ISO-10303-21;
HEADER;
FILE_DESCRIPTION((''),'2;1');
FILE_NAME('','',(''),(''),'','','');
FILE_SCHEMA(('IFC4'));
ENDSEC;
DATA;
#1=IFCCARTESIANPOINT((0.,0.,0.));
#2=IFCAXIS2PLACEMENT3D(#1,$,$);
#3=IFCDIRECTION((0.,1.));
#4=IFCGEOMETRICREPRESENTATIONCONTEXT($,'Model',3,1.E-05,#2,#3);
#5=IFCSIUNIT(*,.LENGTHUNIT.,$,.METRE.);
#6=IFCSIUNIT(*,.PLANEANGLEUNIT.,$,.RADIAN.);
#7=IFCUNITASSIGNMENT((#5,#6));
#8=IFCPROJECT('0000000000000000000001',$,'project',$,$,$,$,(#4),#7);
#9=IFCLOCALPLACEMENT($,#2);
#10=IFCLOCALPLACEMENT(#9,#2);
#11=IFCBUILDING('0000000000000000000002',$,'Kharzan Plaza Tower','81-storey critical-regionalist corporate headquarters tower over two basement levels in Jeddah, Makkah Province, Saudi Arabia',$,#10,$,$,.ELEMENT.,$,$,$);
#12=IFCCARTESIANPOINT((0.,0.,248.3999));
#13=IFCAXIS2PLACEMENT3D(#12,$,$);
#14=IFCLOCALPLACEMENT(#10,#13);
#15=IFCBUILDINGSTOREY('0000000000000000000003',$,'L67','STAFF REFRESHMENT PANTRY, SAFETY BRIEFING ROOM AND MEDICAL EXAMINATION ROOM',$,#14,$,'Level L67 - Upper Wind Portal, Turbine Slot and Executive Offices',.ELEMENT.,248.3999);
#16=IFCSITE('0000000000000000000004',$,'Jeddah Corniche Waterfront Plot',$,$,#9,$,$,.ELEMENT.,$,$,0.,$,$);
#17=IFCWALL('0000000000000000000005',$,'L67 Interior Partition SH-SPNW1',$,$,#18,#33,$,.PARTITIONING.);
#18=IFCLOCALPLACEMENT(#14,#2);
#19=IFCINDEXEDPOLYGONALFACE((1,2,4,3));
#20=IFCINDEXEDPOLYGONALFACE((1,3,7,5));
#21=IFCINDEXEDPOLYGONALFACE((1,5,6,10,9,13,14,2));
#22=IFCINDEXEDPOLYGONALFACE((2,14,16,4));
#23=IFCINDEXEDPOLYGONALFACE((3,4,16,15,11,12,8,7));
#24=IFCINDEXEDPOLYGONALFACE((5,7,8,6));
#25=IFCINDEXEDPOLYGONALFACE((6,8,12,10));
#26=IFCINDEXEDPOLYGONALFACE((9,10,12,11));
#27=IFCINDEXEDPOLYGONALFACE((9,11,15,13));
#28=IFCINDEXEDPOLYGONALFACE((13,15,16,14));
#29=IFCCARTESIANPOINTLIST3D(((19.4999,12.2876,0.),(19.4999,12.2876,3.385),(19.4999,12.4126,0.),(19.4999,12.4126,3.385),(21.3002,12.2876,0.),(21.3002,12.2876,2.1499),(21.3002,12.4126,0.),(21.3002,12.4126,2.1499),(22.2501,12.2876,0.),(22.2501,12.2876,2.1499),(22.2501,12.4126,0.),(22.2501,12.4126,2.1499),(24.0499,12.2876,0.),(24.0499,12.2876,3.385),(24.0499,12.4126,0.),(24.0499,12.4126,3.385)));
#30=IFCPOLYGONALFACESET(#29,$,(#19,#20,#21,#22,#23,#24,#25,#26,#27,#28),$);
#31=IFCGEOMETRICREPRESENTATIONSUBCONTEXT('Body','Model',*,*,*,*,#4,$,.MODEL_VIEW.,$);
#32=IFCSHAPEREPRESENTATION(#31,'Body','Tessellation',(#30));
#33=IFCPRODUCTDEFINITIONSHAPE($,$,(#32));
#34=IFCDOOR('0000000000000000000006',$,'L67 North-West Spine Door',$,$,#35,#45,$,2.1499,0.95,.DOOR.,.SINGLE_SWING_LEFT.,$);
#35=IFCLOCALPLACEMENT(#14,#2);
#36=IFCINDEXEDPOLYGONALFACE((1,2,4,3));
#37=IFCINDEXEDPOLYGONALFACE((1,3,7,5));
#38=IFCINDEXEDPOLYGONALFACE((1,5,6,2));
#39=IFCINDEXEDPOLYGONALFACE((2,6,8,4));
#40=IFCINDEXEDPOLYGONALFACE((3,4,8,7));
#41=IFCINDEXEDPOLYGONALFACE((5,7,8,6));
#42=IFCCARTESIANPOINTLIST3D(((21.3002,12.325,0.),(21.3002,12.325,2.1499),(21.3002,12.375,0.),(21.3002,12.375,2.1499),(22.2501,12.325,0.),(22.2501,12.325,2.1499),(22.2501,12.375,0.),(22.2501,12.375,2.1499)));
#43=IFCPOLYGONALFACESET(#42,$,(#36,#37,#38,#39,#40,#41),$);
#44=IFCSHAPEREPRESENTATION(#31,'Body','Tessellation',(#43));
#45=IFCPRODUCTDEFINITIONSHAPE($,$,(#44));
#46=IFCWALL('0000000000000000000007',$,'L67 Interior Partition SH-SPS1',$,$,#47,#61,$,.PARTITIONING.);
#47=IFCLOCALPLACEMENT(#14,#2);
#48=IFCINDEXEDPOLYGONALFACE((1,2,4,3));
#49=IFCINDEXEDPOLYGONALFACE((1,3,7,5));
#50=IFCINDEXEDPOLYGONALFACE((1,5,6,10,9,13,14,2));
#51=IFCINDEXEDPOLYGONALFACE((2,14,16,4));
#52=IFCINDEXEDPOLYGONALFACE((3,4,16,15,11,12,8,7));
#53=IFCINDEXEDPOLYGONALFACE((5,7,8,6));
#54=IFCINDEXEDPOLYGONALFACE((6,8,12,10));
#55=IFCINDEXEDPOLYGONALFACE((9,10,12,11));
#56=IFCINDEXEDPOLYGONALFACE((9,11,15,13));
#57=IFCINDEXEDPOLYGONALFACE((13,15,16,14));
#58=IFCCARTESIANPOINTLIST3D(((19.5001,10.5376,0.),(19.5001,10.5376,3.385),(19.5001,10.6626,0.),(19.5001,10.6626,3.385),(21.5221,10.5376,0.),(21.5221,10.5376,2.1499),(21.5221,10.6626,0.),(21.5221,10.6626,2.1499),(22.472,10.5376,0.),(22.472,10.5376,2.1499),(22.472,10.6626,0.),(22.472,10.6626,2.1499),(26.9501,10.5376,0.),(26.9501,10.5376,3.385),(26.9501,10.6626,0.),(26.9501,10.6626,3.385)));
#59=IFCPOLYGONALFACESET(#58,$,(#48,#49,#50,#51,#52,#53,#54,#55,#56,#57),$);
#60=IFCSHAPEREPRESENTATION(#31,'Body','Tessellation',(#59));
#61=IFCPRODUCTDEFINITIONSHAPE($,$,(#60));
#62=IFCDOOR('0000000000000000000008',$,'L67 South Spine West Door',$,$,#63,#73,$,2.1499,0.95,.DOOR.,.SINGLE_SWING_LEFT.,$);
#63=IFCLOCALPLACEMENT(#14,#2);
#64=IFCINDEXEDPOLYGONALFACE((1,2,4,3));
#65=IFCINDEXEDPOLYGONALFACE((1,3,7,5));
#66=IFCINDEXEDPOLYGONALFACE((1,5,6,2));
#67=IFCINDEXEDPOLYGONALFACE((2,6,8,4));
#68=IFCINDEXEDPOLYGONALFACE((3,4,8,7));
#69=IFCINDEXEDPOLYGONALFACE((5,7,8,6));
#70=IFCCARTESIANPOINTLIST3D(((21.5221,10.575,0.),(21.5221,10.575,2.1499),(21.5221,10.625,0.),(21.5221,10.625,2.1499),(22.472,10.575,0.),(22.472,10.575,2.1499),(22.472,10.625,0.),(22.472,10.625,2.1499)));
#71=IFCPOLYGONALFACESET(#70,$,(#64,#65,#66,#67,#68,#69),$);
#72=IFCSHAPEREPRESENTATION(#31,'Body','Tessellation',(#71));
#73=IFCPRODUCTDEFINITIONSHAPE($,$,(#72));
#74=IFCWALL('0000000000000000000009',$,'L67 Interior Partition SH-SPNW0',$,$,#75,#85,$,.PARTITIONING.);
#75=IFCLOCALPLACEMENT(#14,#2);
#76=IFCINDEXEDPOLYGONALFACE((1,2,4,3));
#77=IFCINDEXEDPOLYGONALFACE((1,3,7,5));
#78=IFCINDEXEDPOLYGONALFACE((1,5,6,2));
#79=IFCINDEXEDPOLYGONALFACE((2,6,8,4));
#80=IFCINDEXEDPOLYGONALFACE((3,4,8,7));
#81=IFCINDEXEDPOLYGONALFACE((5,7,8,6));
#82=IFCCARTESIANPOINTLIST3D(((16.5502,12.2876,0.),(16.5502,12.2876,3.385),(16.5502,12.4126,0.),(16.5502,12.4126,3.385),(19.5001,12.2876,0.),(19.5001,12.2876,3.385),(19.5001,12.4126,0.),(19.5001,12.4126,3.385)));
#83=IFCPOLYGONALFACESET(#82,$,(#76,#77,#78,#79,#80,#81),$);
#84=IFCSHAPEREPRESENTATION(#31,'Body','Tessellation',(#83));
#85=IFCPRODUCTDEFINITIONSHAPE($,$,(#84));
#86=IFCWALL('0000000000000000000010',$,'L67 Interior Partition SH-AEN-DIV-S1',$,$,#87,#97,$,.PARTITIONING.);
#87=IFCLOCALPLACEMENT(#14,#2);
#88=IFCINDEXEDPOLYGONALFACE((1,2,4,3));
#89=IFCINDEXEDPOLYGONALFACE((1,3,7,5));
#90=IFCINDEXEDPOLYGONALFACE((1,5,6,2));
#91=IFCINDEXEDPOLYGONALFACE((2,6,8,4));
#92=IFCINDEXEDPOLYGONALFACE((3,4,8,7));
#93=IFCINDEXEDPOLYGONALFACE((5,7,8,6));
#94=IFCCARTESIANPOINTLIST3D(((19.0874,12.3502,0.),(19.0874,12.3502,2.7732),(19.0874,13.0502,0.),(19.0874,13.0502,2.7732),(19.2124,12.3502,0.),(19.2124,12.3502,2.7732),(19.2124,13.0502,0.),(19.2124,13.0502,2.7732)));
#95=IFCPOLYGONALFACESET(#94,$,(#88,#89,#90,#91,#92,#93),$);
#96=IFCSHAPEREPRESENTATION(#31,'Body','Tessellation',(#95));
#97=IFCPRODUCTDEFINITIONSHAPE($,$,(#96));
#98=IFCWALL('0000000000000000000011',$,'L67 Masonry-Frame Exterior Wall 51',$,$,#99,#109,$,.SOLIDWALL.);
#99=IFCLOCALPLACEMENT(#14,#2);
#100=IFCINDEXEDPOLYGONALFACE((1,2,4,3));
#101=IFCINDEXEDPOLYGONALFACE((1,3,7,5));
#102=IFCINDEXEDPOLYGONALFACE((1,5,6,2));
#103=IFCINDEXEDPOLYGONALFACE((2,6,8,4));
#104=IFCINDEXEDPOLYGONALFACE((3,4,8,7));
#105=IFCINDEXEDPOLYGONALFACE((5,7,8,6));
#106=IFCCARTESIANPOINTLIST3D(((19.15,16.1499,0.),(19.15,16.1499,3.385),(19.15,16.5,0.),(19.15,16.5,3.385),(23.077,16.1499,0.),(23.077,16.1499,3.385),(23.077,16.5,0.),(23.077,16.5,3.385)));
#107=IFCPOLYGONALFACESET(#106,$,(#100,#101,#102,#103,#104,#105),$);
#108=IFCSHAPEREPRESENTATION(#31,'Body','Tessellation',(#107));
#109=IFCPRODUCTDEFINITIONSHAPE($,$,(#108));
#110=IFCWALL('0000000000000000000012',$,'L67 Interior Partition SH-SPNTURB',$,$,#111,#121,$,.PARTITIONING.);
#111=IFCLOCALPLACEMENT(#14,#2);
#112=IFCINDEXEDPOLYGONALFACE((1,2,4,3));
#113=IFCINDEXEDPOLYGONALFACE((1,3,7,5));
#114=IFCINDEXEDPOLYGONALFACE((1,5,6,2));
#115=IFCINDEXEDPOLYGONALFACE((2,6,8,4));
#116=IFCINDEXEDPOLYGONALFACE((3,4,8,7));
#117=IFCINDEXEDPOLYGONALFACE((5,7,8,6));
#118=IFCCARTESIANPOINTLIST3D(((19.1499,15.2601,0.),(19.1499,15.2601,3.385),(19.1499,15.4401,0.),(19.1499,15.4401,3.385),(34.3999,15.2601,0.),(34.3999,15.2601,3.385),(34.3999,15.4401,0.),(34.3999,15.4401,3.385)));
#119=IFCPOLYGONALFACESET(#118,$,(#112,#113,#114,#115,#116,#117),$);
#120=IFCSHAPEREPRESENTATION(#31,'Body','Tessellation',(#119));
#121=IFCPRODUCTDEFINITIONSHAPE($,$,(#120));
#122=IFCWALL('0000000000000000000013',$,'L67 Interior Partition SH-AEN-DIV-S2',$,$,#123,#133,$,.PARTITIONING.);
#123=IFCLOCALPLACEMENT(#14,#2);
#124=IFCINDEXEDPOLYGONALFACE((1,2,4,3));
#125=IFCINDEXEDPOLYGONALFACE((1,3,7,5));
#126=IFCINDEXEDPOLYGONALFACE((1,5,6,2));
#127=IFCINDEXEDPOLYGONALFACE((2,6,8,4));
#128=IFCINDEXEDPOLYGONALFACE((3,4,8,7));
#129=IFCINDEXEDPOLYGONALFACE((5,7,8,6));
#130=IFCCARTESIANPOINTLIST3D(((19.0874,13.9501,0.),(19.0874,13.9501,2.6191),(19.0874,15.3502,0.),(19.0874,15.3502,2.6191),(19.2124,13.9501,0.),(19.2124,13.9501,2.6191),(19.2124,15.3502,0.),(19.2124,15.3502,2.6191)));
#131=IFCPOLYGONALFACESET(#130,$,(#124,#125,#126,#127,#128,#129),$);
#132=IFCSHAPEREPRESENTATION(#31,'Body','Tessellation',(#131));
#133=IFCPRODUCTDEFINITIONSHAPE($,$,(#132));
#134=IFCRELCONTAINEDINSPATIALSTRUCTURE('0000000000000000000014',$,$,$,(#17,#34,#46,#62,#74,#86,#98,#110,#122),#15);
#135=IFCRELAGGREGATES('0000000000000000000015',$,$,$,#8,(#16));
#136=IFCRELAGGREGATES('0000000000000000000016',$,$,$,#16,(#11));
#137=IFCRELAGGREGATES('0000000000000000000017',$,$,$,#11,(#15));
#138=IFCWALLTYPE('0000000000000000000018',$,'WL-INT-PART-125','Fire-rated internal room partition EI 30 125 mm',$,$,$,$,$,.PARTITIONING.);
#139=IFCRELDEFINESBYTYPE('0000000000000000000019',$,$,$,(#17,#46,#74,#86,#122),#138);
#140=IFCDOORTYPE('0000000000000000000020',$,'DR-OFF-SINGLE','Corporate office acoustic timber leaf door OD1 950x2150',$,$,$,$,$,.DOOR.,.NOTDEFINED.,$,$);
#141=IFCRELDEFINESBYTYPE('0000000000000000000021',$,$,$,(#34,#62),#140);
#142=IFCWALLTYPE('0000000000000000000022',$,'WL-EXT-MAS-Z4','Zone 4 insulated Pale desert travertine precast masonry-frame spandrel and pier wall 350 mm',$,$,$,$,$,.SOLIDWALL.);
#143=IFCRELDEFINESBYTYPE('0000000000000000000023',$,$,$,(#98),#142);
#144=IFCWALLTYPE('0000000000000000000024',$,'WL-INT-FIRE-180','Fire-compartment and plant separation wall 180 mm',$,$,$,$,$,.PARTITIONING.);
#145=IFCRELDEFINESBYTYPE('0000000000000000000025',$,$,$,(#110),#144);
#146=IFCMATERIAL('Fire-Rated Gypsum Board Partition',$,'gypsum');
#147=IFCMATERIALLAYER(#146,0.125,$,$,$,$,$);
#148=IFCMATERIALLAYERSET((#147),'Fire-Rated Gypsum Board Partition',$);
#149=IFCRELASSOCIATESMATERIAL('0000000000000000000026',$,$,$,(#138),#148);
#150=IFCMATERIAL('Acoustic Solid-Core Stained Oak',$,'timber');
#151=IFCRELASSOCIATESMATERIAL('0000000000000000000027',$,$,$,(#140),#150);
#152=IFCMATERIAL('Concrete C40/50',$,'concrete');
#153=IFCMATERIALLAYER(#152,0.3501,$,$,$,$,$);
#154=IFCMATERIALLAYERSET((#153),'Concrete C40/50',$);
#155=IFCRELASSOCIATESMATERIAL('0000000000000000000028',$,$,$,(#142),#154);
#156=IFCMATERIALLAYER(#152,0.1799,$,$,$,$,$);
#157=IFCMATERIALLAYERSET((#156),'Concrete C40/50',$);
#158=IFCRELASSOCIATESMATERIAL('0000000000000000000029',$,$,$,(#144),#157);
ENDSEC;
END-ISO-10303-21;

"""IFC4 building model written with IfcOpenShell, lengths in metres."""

from ifc_helpers import new_model, si_unit, direction, frame, frame_2d, origin, place, context, subcontext, project, spatial, rectangle, extrude, source, transform, mapped, material, layer, layer_set, type_object, element, fill, save


model = new_model("IFC4")

# Units and contexts
model_context = context("Model", 3, precision=1e-05, world=origin(), true_north=direction((0.0, 1.0)))
body_context = subcontext(model_context, "Body", "Model", "MODEL_VIEW")
ifc_project = project(units=[si_unit("LENGTHUNIT", "METRE"), si_unit("PLANEANGLEUNIT", "RADIAN")], contexts=[model_context])

# Site, building, storey
site_placement = place(None, origin())
site = spatial("IfcSite", under=ifc_project, at=site_placement, Name="Jeddah Corniche Waterfront Plot", CompositionType="ELEMENT", RefElevation=0.0)
building_placement = place(site_placement, origin())
building = spatial("IfcBuilding", under=site, at=building_placement, Name="Kharzan Plaza Tower", Description="81-storey critical-regionalist corporate headquarters tower over two basement levels in Jeddah, Makkah Province, Saudi Arabia", CompositionType="ELEMENT")
storey_placement = place(building_placement, frame((0.0, 0.0, 248.3999)))
storey = spatial("IfcBuildingStorey", under=building, at=storey_placement, Name="L67", Description="STAFF REFRESHMENT PANTRY, SAFETY BRIEFING ROOM AND MEDICAL EXAMINATION ROOM", LongName="Level L67 - Upper Wind Portal, Turbine Slot and Executive Offices", CompositionType="ELEMENT", Elevation=248.3999)

# Walls, openings, doors
ifc_material_1 = material(Name="Fire-Rated Gypsum Board Partition", Category="gypsum")
ifc_layer_1 = layer(ifc_material_1, 0.125)
ifc_layer_set_1 = layer_set([ifc_layer_1], Name="Fire-Rated Gypsum Board Partition")
wall_type_1 = type_object("IfcWallType", Name="WL-INT-PART-125", Description="Fire-rated internal room partition EI 30 125 mm", PredefinedType="PARTITIONING", material=ifc_layer_set_1)
wall_1_placement = place(storey_placement, frame((19.5, 12.3501, 0.0), z_axis=(0.0, 0.0, 1.0), x_axis=(1.0, 0.0, 0.0)))
wall_1 = element("IfcWall", 1, at=wall_1_placement, inside=storey, type_object=wall_type_1, Name="L67 Interior Partition SH-SPNW1", PredefinedType="PARTITIONING", context=body_context, shape_type="SweptSolid", body=[
    extrude(rectangle(XDim=4.55, YDim=0.125, at=frame_2d((2.2749, 0.0))), origin(), (0.0, 0.0, 1.0), 3.385),
])
opening_1_placement = place(wall_1_placement, frame((1.8, 0.0, 0.0)))
opening_1 = element("IfcOpeningElement", 2, at=opening_1_placement, cuts=wall_1, PredefinedType="OPENING", context=body_context, shape_type="SweptSolid", body=[
    extrude(rectangle(XDim=0.95, YDim=2.1499, at=frame_2d((0.4751, 1.075))), frame((0.0, 0.0725, 0.0), z_axis=(0.0, -1.0, 0.0), x_axis=(1.0, 0.0, 0.0)), (0.0, 0.0, 1.0), 0.145),
])
ifc_material_2 = material(Name="Acoustic Solid-Core Stained Oak", Category="timber")
door_type = type_object("IfcDoorType", Name="DR-OFF-SINGLE", Description="Corporate office acoustic timber leaf door OD1 950x2150", OperationType="NOTDEFINED", PredefinedType="DOOR", material=ifc_material_2)
shared_shape_1 = source(origin(), body_context, "Body", "SweptSolid", [
    extrude(rectangle(XDim=0.95, YDim=2.1499, at=frame_2d((0.4751, 1.075))), frame((0.0, 0.0249, 0.0), z_axis=(0.0, -1.0, 0.0), x_axis=(1.0, 0.0, 0.0)), (0.0, 0.0, 1.0), 0.05),
])
door_1_placement = place(opening_1_placement, origin())
door_1 = element("IfcDoor", 3, at=door_1_placement, inside=storey, type_object=door_type, Name="L67 North-West Spine Door", OperationType="SINGLE_SWING_LEFT", OverallHeight=2.1499, OverallWidth=0.95, PredefinedType="DOOR", context=body_context, shape_type="MappedRepresentation", body=[
    mapped(shared_shape_1, transform((0.0, 0.0, 0.0), x_axis=(1.0, 0.0, 0.0), y_axis=(0.0, 1.0, 0.0), z_axis=(0.0, 0.0, 1.0))),
])
fill(opening_1, door_1)
wall_2_placement = place(storey_placement, frame((19.5, 10.6001, 0.0), z_axis=(0.0, 0.0, 1.0), x_axis=(1.0, 0.0, 0.0)))
wall_2 = element("IfcWall", 4, at=wall_2_placement, inside=storey, type_object=wall_type_1, Name="L67 Interior Partition SH-SPS1", PredefinedType="PARTITIONING", context=body_context, shape_type="SweptSolid", body=[
    extrude(rectangle(XDim=7.45, YDim=0.125, at=frame_2d((3.7251, 0.0))), origin(), (0.0, 0.0, 1.0), 3.385),
])
opening_2_placement = place(wall_2_placement, frame((2.022, 0.0, 0.0)))
opening_2 = element("IfcOpeningElement", 5, at=opening_2_placement, cuts=wall_2, PredefinedType="OPENING", context=body_context, shape_type="SweptSolid", body=[
    extrude(rectangle(XDim=0.95, YDim=2.1499, at=frame_2d((0.4751, 1.075))), frame((0.0, 0.0725, 0.0), z_axis=(0.0, -1.0, 0.0), x_axis=(1.0, 0.0, 0.0)), (0.0, 0.0, 1.0), 0.145),
])
door_2_placement = place(opening_2_placement, origin())
door_2 = element("IfcDoor", 6, at=door_2_placement, inside=storey, type_object=door_type, Name="L67 South Spine West Door", OperationType="SINGLE_SWING_LEFT", OverallHeight=2.1499, OverallWidth=0.95, PredefinedType="DOOR", context=body_context, shape_type="MappedRepresentation", body=[
    mapped(shared_shape_1, transform((0.0, 0.0, 0.0), x_axis=(1.0, 0.0, 0.0), y_axis=(0.0, 1.0, 0.0), z_axis=(0.0, 0.0, 1.0))),
])
fill(opening_2, door_2)

# Walls
shared_shape_2 = source(origin(), body_context, "Body", "SweptSolid", [
    extrude(rectangle(XDim=2.95, YDim=0.125, at=frame_2d((1.4751, 0.0))), origin(), (0.0, 0.0, 1.0), 3.385),
])
wall_3_placement = place(storey_placement, frame((16.55, 12.3501, 0.0), z_axis=(0.0, 0.0, 1.0), x_axis=(1.0, 0.0, 0.0)))
element("IfcWall", 7, at=wall_3_placement, inside=storey, type_object=wall_type_1, Name="L67 Interior Partition SH-SPNW0", PredefinedType="PARTITIONING", context=body_context, shape_type="MappedRepresentation", body=[
    mapped(shared_shape_2, transform((0.0, 0.0, 0.0), x_axis=(1.0, 0.0, 0.0), y_axis=(0.0, 1.0, 0.0), z_axis=(0.0, 0.0, 1.0))),
])
shared_shape_3 = source(origin(), body_context, "Body", "SweptSolid", [
    extrude(rectangle(XDim=0.7, YDim=0.125, at=frame_2d((0.3501, 0.0))), origin(), (0.0, 0.0, 1.0), 2.7732),
])
wall_4_placement = place(storey_placement, frame((19.1499, 12.3501, 0.0), z_axis=(0.0, 0.0, 1.0), x_axis=(0.0, 1.0, 0.0)))
element("IfcWall", 8, at=wall_4_placement, inside=storey, type_object=wall_type_1, Name="L67 Interior Partition SH-AEN-DIV-S1", PredefinedType="PARTITIONING", context=body_context, shape_type="MappedRepresentation", body=[
    mapped(shared_shape_3, transform((0.0, 0.0, 0.0), x_axis=(1.0, 0.0, 0.0), y_axis=(0.0, 1.0, 0.0), z_axis=(0.0, 0.0, 1.0))),
])
ifc_material_3 = material(Name="Concrete C40/50", Category="concrete")
ifc_layer_2 = layer(ifc_material_3, 0.3501)
ifc_layer_set_2 = layer_set([ifc_layer_2], Name="Concrete C40/50")
wall_type_2 = type_object("IfcWallType", Name="WL-EXT-MAS-Z4", Description="Zone 4 insulated Pale desert travertine precast masonry-frame spandrel and pier wall 350 mm", PredefinedType="SOLIDWALL", material=ifc_layer_set_2)
shared_shape_4 = source(origin(), body_context, "Body", "SweptSolid", [
    extrude(rectangle(XDim=3.927, YDim=0.3501, at=frame_2d((1.9634, 0.0))), origin(), (0.0, 0.0, 1.0), 3.385),
])
wall_5_placement = place(storey_placement, frame((23.0769, 16.325, 0.0), z_axis=(0.0, 0.0, 1.0), x_axis=(-1.0, 0.0, 0.0)))
element("IfcWall", 9, at=wall_5_placement, inside=storey, type_object=wall_type_2, Name="L67 Masonry-Frame Exterior Wall 51", PredefinedType="SOLIDWALL", context=body_context, shape_type="MappedRepresentation", body=[
    mapped(shared_shape_4, transform((0.0, 0.0, 0.0), x_axis=(1.0, 0.0, 0.0), y_axis=(0.0, 1.0, 0.0), z_axis=(0.0, 0.0, 1.0))),
])
ifc_layer_3 = layer(ifc_material_3, 0.1799)
ifc_layer_set_3 = layer_set([ifc_layer_3], Name="Concrete C40/50")
wall_type_3 = type_object("IfcWallType", Name="WL-INT-FIRE-180", Description="Fire-compartment and plant separation wall 180 mm", PredefinedType="PARTITIONING", material=ifc_layer_set_3)
shared_shape_5 = source(origin(), body_context, "Body", "SweptSolid", [
    extrude(rectangle(XDim=15.25, YDim=0.1799, at=frame_2d((7.625, 0.0))), origin(), (0.0, 0.0, 1.0), 3.385),
])
wall_6_placement = place(storey_placement, frame((19.1499, 15.3501, 0.0), z_axis=(0.0, 0.0, 1.0), x_axis=(1.0, 0.0, 0.0)))
element("IfcWall", 10, at=wall_6_placement, inside=storey, type_object=wall_type_3, Name="L67 Interior Partition SH-SPNTURB", PredefinedType="PARTITIONING", context=body_context, shape_type="MappedRepresentation", body=[
    mapped(shared_shape_5, transform((0.0, 0.0, 0.0), x_axis=(1.0, 0.0, 0.0), y_axis=(0.0, 1.0, 0.0), z_axis=(0.0, 0.0, 1.0))),
])
shared_shape_6 = source(origin(), body_context, "Body", "SweptSolid", [
    extrude(rectangle(XDim=1.4001, YDim=0.125, at=frame_2d((0.7002, 0.0))), origin(), (0.0, 0.0, 1.0), 2.6191),
])
wall_7_placement = place(storey_placement, frame((19.1499, 13.95, 0.0), z_axis=(0.0, 0.0, 1.0), x_axis=(0.0, 1.0, 0.0)))
element("IfcWall", 11, at=wall_7_placement, inside=storey, type_object=wall_type_1, Name="L67 Interior Partition SH-AEN-DIV-S2", PredefinedType="PARTITIONING", context=body_context, shape_type="MappedRepresentation", body=[
    mapped(shared_shape_6, transform((0.0, 0.0, 0.0), x_axis=(1.0, 0.0, 0.0), y_axis=(0.0, 1.0, 0.0), z_axis=(0.0, 0.0, 1.0))),
])

save(model, "model.ifc")
